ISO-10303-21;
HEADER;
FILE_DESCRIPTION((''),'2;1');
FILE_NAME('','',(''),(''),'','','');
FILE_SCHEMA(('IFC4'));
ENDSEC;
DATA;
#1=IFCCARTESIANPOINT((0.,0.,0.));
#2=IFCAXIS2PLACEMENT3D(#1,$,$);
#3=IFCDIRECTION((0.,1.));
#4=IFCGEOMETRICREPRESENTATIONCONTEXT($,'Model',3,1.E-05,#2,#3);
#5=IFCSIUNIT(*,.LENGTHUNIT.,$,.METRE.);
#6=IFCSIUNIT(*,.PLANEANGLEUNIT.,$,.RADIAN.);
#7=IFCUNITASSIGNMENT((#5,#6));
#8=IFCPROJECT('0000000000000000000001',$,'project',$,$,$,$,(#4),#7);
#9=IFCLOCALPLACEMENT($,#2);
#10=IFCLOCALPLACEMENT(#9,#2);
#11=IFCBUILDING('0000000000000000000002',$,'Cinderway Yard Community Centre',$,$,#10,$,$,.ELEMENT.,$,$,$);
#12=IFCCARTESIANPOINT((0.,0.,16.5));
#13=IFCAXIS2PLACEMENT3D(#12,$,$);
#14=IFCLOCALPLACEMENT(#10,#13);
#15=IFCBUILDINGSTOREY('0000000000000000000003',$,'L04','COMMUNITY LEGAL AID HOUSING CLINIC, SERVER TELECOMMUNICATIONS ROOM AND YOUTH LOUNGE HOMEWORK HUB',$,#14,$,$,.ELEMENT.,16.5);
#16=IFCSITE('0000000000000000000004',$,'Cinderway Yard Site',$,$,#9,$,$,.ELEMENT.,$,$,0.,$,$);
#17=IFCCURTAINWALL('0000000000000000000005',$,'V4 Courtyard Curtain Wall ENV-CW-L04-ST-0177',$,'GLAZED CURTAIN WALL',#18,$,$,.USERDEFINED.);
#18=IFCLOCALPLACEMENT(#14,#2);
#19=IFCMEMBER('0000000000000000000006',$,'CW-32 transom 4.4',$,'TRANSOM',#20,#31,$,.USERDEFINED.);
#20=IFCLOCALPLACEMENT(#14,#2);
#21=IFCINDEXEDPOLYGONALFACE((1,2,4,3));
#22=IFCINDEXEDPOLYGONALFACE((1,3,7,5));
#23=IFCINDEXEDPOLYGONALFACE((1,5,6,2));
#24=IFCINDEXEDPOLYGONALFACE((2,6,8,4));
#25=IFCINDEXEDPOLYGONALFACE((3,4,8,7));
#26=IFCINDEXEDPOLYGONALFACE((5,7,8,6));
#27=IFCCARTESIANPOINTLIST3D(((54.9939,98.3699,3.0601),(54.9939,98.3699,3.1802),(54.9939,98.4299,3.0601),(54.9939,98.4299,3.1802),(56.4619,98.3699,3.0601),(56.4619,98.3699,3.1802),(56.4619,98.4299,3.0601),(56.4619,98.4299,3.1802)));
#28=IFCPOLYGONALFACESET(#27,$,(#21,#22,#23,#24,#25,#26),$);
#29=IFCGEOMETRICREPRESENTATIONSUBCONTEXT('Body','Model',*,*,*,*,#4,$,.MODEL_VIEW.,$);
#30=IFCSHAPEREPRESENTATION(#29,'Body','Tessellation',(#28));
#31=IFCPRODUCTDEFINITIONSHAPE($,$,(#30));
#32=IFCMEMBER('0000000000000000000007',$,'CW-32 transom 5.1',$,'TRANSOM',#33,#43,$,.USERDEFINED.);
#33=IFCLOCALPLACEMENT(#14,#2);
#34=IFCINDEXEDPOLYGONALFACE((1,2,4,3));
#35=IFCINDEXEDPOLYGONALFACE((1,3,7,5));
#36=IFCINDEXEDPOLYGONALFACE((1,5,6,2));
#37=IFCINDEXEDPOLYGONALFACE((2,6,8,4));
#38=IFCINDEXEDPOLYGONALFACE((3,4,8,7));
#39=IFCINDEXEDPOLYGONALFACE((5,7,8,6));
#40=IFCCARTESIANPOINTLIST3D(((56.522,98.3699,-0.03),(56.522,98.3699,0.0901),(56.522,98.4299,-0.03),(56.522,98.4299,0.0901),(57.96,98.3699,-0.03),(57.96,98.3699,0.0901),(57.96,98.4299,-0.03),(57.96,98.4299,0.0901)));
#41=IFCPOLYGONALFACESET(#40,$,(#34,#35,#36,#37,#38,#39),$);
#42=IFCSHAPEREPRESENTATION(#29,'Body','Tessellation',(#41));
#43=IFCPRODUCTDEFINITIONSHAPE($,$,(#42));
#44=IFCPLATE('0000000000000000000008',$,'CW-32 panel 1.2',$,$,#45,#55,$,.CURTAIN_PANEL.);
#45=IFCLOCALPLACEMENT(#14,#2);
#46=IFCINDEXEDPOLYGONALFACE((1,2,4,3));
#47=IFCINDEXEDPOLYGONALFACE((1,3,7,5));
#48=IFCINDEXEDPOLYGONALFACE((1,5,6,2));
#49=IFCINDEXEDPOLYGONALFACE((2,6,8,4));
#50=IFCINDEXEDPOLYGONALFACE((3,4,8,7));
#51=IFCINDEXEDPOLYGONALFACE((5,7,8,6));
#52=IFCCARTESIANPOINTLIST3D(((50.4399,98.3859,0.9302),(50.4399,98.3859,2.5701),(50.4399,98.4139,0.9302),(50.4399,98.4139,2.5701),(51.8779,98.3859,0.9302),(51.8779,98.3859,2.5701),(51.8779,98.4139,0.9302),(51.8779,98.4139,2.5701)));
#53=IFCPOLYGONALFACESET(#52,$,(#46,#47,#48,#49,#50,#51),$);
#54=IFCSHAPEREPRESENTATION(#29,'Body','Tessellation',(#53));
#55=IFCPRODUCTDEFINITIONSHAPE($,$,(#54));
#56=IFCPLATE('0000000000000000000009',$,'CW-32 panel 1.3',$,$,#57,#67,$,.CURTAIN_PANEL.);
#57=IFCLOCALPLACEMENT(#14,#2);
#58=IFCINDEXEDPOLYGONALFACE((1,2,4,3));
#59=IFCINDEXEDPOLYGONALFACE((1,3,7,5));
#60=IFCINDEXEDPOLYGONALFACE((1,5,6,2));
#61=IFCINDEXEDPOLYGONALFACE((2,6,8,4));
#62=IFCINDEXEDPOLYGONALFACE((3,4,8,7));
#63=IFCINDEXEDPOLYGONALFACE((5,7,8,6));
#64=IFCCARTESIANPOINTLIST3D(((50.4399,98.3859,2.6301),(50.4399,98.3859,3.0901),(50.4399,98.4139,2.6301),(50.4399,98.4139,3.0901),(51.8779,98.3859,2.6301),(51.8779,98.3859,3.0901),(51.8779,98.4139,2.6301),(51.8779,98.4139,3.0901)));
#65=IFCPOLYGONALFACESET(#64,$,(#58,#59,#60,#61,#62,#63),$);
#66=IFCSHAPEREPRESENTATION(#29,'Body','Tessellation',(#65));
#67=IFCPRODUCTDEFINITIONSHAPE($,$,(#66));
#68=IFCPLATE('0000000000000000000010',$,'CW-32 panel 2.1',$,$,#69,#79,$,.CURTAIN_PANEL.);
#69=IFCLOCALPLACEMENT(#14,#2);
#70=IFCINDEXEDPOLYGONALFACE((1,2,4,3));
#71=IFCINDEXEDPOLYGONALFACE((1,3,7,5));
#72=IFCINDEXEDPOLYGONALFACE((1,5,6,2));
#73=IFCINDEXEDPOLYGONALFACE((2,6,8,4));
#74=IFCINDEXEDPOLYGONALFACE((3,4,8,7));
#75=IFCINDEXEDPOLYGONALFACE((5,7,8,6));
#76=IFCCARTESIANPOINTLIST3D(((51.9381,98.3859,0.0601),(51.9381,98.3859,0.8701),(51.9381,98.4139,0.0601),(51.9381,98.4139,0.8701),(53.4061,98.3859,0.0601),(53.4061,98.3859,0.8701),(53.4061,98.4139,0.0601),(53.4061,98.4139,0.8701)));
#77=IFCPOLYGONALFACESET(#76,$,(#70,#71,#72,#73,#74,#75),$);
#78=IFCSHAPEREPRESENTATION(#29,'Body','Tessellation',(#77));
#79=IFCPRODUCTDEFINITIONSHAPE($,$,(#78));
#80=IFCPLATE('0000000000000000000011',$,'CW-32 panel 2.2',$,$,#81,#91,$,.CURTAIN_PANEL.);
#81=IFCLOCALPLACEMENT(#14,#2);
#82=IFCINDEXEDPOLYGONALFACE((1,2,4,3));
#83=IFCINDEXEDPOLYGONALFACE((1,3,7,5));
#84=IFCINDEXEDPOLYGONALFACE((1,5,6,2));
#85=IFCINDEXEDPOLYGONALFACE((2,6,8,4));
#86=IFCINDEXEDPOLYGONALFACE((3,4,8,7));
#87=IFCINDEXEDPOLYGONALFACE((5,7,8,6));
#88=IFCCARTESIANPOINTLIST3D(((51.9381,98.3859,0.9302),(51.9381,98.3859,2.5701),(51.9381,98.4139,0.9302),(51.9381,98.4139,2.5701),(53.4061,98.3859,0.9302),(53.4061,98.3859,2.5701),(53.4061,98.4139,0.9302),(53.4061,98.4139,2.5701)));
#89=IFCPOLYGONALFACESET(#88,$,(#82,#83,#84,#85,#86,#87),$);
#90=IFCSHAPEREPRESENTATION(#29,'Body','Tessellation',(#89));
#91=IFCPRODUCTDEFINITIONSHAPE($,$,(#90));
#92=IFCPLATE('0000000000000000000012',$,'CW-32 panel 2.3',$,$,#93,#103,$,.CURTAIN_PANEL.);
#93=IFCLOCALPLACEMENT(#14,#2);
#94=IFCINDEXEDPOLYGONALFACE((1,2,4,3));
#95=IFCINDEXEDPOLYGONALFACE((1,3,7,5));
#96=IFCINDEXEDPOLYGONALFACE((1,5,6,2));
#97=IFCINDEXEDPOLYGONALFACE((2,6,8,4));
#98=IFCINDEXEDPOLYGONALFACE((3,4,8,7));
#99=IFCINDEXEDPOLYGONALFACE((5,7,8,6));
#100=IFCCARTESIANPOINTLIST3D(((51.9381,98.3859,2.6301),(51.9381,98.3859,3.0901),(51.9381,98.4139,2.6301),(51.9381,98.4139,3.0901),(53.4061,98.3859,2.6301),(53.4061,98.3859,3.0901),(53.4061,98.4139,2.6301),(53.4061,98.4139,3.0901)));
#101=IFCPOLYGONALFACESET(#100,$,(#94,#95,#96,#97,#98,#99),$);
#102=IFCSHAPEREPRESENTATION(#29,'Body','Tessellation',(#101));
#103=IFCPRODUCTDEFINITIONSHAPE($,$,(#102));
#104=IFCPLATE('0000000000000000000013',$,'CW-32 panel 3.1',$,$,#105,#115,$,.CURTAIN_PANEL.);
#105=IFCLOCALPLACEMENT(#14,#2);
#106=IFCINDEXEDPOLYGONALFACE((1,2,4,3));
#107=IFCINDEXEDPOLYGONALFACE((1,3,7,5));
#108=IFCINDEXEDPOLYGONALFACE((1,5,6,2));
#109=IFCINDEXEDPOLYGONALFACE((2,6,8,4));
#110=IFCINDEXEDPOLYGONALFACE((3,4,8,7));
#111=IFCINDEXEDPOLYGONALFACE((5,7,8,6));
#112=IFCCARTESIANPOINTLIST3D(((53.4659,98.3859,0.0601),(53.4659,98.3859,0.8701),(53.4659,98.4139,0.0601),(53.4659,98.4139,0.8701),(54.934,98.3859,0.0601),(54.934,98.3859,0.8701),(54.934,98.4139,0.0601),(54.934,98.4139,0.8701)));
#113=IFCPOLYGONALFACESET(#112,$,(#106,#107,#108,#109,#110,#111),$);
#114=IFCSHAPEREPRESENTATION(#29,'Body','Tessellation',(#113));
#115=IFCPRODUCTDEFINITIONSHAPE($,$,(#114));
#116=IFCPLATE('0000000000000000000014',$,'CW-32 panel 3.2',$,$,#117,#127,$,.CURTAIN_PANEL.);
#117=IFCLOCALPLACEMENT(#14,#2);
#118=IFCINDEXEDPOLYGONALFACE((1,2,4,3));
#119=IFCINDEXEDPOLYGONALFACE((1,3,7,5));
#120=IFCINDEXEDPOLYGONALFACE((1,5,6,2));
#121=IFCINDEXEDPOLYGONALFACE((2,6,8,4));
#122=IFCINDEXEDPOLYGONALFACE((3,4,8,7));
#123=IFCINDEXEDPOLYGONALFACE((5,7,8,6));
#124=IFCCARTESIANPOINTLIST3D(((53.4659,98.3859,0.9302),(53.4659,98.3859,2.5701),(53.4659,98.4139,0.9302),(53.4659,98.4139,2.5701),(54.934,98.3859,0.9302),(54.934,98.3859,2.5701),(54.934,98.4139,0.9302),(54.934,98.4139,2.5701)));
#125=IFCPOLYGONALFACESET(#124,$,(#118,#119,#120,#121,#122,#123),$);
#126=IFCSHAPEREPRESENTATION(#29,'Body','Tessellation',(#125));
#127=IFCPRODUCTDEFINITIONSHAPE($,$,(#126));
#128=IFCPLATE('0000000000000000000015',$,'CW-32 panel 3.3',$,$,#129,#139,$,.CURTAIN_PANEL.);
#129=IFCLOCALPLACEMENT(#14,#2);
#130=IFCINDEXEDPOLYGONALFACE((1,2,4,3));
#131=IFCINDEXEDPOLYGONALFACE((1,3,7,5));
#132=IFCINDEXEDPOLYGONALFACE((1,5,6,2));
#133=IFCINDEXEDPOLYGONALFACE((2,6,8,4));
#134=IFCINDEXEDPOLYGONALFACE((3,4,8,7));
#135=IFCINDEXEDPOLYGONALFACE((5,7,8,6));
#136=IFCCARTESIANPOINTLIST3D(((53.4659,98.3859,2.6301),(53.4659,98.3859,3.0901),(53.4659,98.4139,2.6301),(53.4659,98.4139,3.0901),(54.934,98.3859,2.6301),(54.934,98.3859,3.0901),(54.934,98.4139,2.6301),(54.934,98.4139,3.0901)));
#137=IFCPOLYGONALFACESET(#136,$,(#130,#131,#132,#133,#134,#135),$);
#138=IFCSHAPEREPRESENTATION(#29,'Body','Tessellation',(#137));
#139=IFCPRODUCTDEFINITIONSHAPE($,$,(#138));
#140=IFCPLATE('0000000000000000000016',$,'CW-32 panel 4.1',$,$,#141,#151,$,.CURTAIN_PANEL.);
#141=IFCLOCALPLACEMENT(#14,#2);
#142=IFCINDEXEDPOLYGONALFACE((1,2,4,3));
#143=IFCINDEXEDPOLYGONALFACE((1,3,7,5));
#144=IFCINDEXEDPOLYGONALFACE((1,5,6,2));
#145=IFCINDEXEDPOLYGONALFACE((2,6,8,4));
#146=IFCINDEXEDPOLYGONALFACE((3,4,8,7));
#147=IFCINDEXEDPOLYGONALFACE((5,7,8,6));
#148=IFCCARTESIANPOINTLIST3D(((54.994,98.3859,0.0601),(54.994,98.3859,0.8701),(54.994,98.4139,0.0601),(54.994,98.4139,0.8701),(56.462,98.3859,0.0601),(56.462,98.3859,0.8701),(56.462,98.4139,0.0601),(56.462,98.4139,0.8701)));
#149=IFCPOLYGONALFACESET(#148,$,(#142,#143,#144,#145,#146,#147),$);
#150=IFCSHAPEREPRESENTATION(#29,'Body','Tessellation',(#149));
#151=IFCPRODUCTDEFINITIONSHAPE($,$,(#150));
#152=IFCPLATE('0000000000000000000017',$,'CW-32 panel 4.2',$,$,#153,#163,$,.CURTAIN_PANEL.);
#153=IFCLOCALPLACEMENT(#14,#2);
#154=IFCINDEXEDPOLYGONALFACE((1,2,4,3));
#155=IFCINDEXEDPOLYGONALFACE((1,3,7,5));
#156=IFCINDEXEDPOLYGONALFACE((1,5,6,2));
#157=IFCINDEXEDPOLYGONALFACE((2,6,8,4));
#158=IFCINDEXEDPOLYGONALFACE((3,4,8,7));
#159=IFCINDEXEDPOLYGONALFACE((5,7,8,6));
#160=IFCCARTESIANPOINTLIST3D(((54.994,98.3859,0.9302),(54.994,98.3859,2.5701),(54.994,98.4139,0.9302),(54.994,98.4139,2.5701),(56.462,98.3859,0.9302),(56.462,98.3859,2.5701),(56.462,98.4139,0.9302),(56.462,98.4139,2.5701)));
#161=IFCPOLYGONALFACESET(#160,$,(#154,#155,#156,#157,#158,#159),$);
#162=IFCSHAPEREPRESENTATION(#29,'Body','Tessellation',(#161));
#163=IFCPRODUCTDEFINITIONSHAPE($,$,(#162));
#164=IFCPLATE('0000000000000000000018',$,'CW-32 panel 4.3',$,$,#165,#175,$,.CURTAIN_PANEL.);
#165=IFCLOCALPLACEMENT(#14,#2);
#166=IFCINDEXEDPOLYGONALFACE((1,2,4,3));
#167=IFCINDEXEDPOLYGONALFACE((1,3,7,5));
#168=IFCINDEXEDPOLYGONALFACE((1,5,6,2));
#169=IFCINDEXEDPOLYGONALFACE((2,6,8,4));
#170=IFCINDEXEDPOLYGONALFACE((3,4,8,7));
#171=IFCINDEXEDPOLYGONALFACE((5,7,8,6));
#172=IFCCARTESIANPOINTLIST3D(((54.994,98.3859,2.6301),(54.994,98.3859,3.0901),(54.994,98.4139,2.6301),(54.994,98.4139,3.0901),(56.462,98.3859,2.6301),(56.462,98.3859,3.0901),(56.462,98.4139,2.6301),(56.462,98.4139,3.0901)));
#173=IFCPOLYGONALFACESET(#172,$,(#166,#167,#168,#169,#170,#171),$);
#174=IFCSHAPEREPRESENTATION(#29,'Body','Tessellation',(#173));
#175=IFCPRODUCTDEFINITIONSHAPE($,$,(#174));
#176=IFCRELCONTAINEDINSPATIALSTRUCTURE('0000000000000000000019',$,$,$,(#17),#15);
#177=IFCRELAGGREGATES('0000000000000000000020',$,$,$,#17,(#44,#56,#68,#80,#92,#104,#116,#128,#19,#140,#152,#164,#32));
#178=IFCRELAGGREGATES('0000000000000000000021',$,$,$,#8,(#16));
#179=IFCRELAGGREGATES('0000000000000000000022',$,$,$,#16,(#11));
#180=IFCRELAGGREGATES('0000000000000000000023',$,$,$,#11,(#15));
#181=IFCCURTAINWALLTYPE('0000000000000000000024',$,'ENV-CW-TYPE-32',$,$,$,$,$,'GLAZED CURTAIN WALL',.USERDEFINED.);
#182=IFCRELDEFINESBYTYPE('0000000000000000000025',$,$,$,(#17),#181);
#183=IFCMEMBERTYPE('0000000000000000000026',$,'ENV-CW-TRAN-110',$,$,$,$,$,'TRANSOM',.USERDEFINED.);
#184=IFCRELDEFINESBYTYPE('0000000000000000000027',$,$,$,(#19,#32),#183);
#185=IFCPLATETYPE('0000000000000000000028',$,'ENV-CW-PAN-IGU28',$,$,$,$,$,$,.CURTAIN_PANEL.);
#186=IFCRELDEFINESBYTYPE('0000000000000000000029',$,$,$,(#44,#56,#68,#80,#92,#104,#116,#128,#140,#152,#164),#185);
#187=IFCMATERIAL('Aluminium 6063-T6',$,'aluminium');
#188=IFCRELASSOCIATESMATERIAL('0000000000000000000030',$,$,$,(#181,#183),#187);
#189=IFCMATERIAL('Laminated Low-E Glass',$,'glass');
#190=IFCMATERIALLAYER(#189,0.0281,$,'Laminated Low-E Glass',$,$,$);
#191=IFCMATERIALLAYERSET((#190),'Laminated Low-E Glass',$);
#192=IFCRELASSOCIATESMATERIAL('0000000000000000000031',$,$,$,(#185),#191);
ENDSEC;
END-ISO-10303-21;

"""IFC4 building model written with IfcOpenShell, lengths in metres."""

from ifc_helpers import new_model, si_unit, direction, frame, origin, origin_2d, place, context, subcontext, project, spatial, rectangle, extrude, material, layer, layer_set, material_profile, profile_set, type_object, element, aggregate, save


model = new_model("IFC4")

# Units and contexts
model_context = context("Model", 3, precision=1e-05, world=origin(), true_north=direction((0.0, 1.0)))
body_context = subcontext(model_context, "Body", "Model", "MODEL_VIEW")
ifc_project = project(units=[si_unit("LENGTHUNIT", "METRE"), si_unit("PLANEANGLEUNIT", "RADIAN")], contexts=[model_context])

# Site, building, storey
site_placement = place(None, origin())
site = spatial("IfcSite", under=ifc_project, at=site_placement, Name="Cinderway Yard Site", CompositionType="ELEMENT", RefElevation=0.0)
building_placement = place(site_placement, origin())
building = spatial("IfcBuilding", under=site, at=building_placement, Name="Cinderway Yard Community Centre", CompositionType="ELEMENT")
storey_placement = place(building_placement, frame((0.0, 0.0, 16.5)))
storey = spatial("IfcBuildingStorey", under=building, at=storey_placement, Name="L04", Description="COMMUNITY LEGAL AID HOUSING CLINIC, SERVER TELECOMMUNICATIONS ROOM AND YOUTH LOUNGE HOMEWORK HUB", CompositionType="ELEMENT", Elevation=16.5)

# Curtain wall, members, plates
ifc_material_1 = material(Name="Aluminium 6063-T6", Category="aluminium")
curtain_wall_type = type_object("IfcCurtainWallType", Name="ENV-CW-TYPE-32", ElementType="GLAZED CURTAIN WALL", PredefinedType="USERDEFINED", material=ifc_material_1)
curtain_wall_placement = place(storey_placement, origin())
curtain_wall = element("IfcCurtainWall", 1, at=curtain_wall_placement, inside=storey, type_object=curtain_wall_type, Name="V4 Courtyard Curtain Wall ENV-CW-L04-ST-0177", ObjectType="GLAZED CURTAIN WALL", PredefinedType="USERDEFINED")
ifc_material_profile_1 = material_profile(ifc_material_1, rectangle(XDim=0.0601, YDim=0.1201, at=origin_2d()), Name="Aluminium 6063-T6")
ifc_profile_set_1 = profile_set([ifc_material_profile_1], Name="Aluminium 6063-T6")
member_type_1 = type_object("IfcMemberType", Name="ENV-CW-TRAN-110", ElementType="TRANSOM", PredefinedType="USERDEFINED", material=ifc_profile_set_1)
member_1_placement = place(storey_placement, frame((54.9939, 98.3999, 3.1201), z_axis=(1.0, 0.0, 0.0), x_axis=(0.0, 1.0, 0.0)))
member_1 = element("IfcMember", 2, at=member_1_placement, type_object=member_type_1, Name="CW-32 transom 4.4", ObjectType="TRANSOM", PredefinedType="USERDEFINED", context=body_context, shape_type="SweptSolid", body=[
    extrude(rectangle(XDim=0.0601, YDim=0.1201, at=origin_2d()), origin(), (0.0, 0.0, 1.0), 1.468),
])
member_2_placement = place(storey_placement, frame((56.522, 98.3999, 0.03), z_axis=(1.0, 0.0, 0.0), x_axis=(0.0, 1.0, 0.0)))
member_2 = element("IfcMember", 3, at=member_2_placement, type_object=member_type_1, Name="CW-32 transom 5.1", ObjectType="TRANSOM", PredefinedType="USERDEFINED", context=body_context, shape_type="SweptSolid", body=[
    extrude(rectangle(XDim=0.0601, YDim=0.1201, at=origin_2d()), origin(), (0.0, 0.0, 1.0), 1.438),
])
ifc_material_2 = material(Name="Laminated Low-E Glass", Category="glass")
ifc_layer = layer(ifc_material_2, 0.0281, Name="Laminated Low-E Glass")
ifc_layer_set = layer_set([ifc_layer], Name="Laminated Low-E Glass")
plate_type = type_object("IfcPlateType", Name="ENV-CW-PAN-IGU28", PredefinedType="CURTAIN_PANEL", material=ifc_layer_set)
plate_1_placement = place(storey_placement, frame((51.1589, 98.3999, 0.9302), z_axis=(0.0, 0.0, 1.0), x_axis=(1.0, 0.0, 0.0)))
plate_1 = element("IfcPlate", 4, at=plate_1_placement, type_object=plate_type, Name="CW-32 panel 1.2", PredefinedType="CURTAIN_PANEL", context=body_context, shape_type="SweptSolid", body=[
    extrude(rectangle(XDim=1.438, YDim=0.0281, at=origin_2d()), origin(), (0.0, 0.0, 1.0), 1.6399),
])
plate_2_placement = place(storey_placement, frame((51.1589, 98.3999, 2.6301), z_axis=(0.0, 0.0, 1.0), x_axis=(1.0, 0.0, 0.0)))
plate_2 = element("IfcPlate", 5, at=plate_2_placement, type_object=plate_type, Name="CW-32 panel 1.3", PredefinedType="CURTAIN_PANEL", context=body_context, shape_type="SweptSolid", body=[
    extrude(rectangle(XDim=1.438, YDim=0.0281, at=origin_2d()), origin(), (0.0, 0.0, 1.0), 0.46),
])
plate_3_placement = place(storey_placement, frame((52.6721, 98.3999, 0.0601), z_axis=(0.0, 0.0, 1.0), x_axis=(1.0, 0.0, 0.0)))
plate_3 = element("IfcPlate", 6, at=plate_3_placement, type_object=plate_type, Name="CW-32 panel 2.1", PredefinedType="CURTAIN_PANEL", context=body_context, shape_type="SweptSolid", body=[
    extrude(rectangle(XDim=1.468, YDim=0.0281, at=origin_2d()), origin(), (0.0, 0.0, 1.0), 0.8101),
])
plate_4_placement = place(storey_placement, frame((52.6721, 98.3999, 0.9302), z_axis=(0.0, 0.0, 1.0), x_axis=(1.0, 0.0, 0.0)))
plate_4 = element("IfcPlate", 7, at=plate_4_placement, type_object=plate_type, Name="CW-32 panel 2.2", PredefinedType="CURTAIN_PANEL", context=body_context, shape_type="SweptSolid", body=[
    extrude(rectangle(XDim=1.468, YDim=0.0281, at=origin_2d()), origin(), (0.0, 0.0, 1.0), 1.6399),
])
plate_5_placement = place(storey_placement, frame((52.6721, 98.3999, 2.6301), z_axis=(0.0, 0.0, 1.0), x_axis=(1.0, 0.0, 0.0)))
plate_5 = element("IfcPlate", 8, at=plate_5_placement, type_object=plate_type, Name="CW-32 panel 2.3", PredefinedType="CURTAIN_PANEL", context=body_context, shape_type="SweptSolid", body=[
    extrude(rectangle(XDim=1.468, YDim=0.0281, at=origin_2d()), origin(), (0.0, 0.0, 1.0), 0.46),
])
plate_6_placement = place(storey_placement, frame((54.2, 98.3999, 0.0601), z_axis=(0.0, 0.0, 1.0), x_axis=(1.0, 0.0, 0.0)))
plate_6 = element("IfcPlate", 9, at=plate_6_placement, type_object=plate_type, Name="CW-32 panel 3.1", PredefinedType="CURTAIN_PANEL", context=body_context, shape_type="SweptSolid", body=[
    extrude(rectangle(XDim=1.468, YDim=0.0281, at=origin_2d()), origin(), (0.0, 0.0, 1.0), 0.8101),
])
plate_7_placement = place(storey_placement, frame((54.2, 98.3999, 0.9302), z_axis=(0.0, 0.0, 1.0), x_axis=(1.0, 0.0, 0.0)))
plate_7 = element("IfcPlate", 10, at=plate_7_placement, type_object=plate_type, Name="CW-32 panel 3.2", PredefinedType="CURTAIN_PANEL", context=body_context, shape_type="SweptSolid", body=[
    extrude(rectangle(XDim=1.468, YDim=0.0281, at=origin_2d()), origin(), (0.0, 0.0, 1.0), 1.6399),
])
plate_8_placement = place(storey_placement, frame((54.2, 98.3999, 2.6301), z_axis=(0.0, 0.0, 1.0), x_axis=(1.0, 0.0, 0.0)))
plate_8 = element("IfcPlate", 11, at=plate_8_placement, type_object=plate_type, Name="CW-32 panel 3.3", PredefinedType="CURTAIN_PANEL", context=body_context, shape_type="SweptSolid", body=[
    extrude(rectangle(XDim=1.468, YDim=0.0281, at=origin_2d()), origin(), (0.0, 0.0, 1.0), 0.46),
])
plate_9_placement = place(storey_placement, frame((55.728, 98.3999, 0.0601), z_axis=(0.0, 0.0, 1.0), x_axis=(1.0, 0.0, 0.0)))
plate_9 = element("IfcPlate", 12, at=plate_9_placement, type_object=plate_type, Name="CW-32 panel 4.1", PredefinedType="CURTAIN_PANEL", context=body_context, shape_type="SweptSolid", body=[
    extrude(rectangle(XDim=1.468, YDim=0.0281, at=origin_2d()), origin(), (0.0, 0.0, 1.0), 0.8101),
])
plate_10_placement = place(storey_placement, frame((55.728, 98.3999, 0.9302), z_axis=(0.0, 0.0, 1.0), x_axis=(1.0, 0.0, 0.0)))
plate_10 = element("IfcPlate", 13, at=plate_10_placement, type_object=plate_type, Name="CW-32 panel 4.2", PredefinedType="CURTAIN_PANEL", context=body_context, shape_type="SweptSolid", body=[
    extrude(rectangle(XDim=1.468, YDim=0.0281, at=origin_2d()), origin(), (0.0, 0.0, 1.0), 1.6399),
])
plate_11_placement = place(storey_placement, frame((55.728, 98.3999, 2.6301), z_axis=(0.0, 0.0, 1.0), x_axis=(1.0, 0.0, 0.0)))
plate_11 = element("IfcPlate", 14, at=plate_11_placement, type_object=plate_type, Name="CW-32 panel 4.3", PredefinedType="CURTAIN_PANEL", context=body_context, shape_type="SweptSolid", body=[
    extrude(rectangle(XDim=1.468, YDim=0.0281, at=origin_2d()), origin(), (0.0, 0.0, 1.0), 0.46),
])
aggregate(curtain_wall, [plate_1, plate_2, plate_3, plate_4, plate_5, plate_6, plate_7, plate_8, member_1, plate_9, plate_10, plate_11, member_2])

save(model, "model.ifc")
